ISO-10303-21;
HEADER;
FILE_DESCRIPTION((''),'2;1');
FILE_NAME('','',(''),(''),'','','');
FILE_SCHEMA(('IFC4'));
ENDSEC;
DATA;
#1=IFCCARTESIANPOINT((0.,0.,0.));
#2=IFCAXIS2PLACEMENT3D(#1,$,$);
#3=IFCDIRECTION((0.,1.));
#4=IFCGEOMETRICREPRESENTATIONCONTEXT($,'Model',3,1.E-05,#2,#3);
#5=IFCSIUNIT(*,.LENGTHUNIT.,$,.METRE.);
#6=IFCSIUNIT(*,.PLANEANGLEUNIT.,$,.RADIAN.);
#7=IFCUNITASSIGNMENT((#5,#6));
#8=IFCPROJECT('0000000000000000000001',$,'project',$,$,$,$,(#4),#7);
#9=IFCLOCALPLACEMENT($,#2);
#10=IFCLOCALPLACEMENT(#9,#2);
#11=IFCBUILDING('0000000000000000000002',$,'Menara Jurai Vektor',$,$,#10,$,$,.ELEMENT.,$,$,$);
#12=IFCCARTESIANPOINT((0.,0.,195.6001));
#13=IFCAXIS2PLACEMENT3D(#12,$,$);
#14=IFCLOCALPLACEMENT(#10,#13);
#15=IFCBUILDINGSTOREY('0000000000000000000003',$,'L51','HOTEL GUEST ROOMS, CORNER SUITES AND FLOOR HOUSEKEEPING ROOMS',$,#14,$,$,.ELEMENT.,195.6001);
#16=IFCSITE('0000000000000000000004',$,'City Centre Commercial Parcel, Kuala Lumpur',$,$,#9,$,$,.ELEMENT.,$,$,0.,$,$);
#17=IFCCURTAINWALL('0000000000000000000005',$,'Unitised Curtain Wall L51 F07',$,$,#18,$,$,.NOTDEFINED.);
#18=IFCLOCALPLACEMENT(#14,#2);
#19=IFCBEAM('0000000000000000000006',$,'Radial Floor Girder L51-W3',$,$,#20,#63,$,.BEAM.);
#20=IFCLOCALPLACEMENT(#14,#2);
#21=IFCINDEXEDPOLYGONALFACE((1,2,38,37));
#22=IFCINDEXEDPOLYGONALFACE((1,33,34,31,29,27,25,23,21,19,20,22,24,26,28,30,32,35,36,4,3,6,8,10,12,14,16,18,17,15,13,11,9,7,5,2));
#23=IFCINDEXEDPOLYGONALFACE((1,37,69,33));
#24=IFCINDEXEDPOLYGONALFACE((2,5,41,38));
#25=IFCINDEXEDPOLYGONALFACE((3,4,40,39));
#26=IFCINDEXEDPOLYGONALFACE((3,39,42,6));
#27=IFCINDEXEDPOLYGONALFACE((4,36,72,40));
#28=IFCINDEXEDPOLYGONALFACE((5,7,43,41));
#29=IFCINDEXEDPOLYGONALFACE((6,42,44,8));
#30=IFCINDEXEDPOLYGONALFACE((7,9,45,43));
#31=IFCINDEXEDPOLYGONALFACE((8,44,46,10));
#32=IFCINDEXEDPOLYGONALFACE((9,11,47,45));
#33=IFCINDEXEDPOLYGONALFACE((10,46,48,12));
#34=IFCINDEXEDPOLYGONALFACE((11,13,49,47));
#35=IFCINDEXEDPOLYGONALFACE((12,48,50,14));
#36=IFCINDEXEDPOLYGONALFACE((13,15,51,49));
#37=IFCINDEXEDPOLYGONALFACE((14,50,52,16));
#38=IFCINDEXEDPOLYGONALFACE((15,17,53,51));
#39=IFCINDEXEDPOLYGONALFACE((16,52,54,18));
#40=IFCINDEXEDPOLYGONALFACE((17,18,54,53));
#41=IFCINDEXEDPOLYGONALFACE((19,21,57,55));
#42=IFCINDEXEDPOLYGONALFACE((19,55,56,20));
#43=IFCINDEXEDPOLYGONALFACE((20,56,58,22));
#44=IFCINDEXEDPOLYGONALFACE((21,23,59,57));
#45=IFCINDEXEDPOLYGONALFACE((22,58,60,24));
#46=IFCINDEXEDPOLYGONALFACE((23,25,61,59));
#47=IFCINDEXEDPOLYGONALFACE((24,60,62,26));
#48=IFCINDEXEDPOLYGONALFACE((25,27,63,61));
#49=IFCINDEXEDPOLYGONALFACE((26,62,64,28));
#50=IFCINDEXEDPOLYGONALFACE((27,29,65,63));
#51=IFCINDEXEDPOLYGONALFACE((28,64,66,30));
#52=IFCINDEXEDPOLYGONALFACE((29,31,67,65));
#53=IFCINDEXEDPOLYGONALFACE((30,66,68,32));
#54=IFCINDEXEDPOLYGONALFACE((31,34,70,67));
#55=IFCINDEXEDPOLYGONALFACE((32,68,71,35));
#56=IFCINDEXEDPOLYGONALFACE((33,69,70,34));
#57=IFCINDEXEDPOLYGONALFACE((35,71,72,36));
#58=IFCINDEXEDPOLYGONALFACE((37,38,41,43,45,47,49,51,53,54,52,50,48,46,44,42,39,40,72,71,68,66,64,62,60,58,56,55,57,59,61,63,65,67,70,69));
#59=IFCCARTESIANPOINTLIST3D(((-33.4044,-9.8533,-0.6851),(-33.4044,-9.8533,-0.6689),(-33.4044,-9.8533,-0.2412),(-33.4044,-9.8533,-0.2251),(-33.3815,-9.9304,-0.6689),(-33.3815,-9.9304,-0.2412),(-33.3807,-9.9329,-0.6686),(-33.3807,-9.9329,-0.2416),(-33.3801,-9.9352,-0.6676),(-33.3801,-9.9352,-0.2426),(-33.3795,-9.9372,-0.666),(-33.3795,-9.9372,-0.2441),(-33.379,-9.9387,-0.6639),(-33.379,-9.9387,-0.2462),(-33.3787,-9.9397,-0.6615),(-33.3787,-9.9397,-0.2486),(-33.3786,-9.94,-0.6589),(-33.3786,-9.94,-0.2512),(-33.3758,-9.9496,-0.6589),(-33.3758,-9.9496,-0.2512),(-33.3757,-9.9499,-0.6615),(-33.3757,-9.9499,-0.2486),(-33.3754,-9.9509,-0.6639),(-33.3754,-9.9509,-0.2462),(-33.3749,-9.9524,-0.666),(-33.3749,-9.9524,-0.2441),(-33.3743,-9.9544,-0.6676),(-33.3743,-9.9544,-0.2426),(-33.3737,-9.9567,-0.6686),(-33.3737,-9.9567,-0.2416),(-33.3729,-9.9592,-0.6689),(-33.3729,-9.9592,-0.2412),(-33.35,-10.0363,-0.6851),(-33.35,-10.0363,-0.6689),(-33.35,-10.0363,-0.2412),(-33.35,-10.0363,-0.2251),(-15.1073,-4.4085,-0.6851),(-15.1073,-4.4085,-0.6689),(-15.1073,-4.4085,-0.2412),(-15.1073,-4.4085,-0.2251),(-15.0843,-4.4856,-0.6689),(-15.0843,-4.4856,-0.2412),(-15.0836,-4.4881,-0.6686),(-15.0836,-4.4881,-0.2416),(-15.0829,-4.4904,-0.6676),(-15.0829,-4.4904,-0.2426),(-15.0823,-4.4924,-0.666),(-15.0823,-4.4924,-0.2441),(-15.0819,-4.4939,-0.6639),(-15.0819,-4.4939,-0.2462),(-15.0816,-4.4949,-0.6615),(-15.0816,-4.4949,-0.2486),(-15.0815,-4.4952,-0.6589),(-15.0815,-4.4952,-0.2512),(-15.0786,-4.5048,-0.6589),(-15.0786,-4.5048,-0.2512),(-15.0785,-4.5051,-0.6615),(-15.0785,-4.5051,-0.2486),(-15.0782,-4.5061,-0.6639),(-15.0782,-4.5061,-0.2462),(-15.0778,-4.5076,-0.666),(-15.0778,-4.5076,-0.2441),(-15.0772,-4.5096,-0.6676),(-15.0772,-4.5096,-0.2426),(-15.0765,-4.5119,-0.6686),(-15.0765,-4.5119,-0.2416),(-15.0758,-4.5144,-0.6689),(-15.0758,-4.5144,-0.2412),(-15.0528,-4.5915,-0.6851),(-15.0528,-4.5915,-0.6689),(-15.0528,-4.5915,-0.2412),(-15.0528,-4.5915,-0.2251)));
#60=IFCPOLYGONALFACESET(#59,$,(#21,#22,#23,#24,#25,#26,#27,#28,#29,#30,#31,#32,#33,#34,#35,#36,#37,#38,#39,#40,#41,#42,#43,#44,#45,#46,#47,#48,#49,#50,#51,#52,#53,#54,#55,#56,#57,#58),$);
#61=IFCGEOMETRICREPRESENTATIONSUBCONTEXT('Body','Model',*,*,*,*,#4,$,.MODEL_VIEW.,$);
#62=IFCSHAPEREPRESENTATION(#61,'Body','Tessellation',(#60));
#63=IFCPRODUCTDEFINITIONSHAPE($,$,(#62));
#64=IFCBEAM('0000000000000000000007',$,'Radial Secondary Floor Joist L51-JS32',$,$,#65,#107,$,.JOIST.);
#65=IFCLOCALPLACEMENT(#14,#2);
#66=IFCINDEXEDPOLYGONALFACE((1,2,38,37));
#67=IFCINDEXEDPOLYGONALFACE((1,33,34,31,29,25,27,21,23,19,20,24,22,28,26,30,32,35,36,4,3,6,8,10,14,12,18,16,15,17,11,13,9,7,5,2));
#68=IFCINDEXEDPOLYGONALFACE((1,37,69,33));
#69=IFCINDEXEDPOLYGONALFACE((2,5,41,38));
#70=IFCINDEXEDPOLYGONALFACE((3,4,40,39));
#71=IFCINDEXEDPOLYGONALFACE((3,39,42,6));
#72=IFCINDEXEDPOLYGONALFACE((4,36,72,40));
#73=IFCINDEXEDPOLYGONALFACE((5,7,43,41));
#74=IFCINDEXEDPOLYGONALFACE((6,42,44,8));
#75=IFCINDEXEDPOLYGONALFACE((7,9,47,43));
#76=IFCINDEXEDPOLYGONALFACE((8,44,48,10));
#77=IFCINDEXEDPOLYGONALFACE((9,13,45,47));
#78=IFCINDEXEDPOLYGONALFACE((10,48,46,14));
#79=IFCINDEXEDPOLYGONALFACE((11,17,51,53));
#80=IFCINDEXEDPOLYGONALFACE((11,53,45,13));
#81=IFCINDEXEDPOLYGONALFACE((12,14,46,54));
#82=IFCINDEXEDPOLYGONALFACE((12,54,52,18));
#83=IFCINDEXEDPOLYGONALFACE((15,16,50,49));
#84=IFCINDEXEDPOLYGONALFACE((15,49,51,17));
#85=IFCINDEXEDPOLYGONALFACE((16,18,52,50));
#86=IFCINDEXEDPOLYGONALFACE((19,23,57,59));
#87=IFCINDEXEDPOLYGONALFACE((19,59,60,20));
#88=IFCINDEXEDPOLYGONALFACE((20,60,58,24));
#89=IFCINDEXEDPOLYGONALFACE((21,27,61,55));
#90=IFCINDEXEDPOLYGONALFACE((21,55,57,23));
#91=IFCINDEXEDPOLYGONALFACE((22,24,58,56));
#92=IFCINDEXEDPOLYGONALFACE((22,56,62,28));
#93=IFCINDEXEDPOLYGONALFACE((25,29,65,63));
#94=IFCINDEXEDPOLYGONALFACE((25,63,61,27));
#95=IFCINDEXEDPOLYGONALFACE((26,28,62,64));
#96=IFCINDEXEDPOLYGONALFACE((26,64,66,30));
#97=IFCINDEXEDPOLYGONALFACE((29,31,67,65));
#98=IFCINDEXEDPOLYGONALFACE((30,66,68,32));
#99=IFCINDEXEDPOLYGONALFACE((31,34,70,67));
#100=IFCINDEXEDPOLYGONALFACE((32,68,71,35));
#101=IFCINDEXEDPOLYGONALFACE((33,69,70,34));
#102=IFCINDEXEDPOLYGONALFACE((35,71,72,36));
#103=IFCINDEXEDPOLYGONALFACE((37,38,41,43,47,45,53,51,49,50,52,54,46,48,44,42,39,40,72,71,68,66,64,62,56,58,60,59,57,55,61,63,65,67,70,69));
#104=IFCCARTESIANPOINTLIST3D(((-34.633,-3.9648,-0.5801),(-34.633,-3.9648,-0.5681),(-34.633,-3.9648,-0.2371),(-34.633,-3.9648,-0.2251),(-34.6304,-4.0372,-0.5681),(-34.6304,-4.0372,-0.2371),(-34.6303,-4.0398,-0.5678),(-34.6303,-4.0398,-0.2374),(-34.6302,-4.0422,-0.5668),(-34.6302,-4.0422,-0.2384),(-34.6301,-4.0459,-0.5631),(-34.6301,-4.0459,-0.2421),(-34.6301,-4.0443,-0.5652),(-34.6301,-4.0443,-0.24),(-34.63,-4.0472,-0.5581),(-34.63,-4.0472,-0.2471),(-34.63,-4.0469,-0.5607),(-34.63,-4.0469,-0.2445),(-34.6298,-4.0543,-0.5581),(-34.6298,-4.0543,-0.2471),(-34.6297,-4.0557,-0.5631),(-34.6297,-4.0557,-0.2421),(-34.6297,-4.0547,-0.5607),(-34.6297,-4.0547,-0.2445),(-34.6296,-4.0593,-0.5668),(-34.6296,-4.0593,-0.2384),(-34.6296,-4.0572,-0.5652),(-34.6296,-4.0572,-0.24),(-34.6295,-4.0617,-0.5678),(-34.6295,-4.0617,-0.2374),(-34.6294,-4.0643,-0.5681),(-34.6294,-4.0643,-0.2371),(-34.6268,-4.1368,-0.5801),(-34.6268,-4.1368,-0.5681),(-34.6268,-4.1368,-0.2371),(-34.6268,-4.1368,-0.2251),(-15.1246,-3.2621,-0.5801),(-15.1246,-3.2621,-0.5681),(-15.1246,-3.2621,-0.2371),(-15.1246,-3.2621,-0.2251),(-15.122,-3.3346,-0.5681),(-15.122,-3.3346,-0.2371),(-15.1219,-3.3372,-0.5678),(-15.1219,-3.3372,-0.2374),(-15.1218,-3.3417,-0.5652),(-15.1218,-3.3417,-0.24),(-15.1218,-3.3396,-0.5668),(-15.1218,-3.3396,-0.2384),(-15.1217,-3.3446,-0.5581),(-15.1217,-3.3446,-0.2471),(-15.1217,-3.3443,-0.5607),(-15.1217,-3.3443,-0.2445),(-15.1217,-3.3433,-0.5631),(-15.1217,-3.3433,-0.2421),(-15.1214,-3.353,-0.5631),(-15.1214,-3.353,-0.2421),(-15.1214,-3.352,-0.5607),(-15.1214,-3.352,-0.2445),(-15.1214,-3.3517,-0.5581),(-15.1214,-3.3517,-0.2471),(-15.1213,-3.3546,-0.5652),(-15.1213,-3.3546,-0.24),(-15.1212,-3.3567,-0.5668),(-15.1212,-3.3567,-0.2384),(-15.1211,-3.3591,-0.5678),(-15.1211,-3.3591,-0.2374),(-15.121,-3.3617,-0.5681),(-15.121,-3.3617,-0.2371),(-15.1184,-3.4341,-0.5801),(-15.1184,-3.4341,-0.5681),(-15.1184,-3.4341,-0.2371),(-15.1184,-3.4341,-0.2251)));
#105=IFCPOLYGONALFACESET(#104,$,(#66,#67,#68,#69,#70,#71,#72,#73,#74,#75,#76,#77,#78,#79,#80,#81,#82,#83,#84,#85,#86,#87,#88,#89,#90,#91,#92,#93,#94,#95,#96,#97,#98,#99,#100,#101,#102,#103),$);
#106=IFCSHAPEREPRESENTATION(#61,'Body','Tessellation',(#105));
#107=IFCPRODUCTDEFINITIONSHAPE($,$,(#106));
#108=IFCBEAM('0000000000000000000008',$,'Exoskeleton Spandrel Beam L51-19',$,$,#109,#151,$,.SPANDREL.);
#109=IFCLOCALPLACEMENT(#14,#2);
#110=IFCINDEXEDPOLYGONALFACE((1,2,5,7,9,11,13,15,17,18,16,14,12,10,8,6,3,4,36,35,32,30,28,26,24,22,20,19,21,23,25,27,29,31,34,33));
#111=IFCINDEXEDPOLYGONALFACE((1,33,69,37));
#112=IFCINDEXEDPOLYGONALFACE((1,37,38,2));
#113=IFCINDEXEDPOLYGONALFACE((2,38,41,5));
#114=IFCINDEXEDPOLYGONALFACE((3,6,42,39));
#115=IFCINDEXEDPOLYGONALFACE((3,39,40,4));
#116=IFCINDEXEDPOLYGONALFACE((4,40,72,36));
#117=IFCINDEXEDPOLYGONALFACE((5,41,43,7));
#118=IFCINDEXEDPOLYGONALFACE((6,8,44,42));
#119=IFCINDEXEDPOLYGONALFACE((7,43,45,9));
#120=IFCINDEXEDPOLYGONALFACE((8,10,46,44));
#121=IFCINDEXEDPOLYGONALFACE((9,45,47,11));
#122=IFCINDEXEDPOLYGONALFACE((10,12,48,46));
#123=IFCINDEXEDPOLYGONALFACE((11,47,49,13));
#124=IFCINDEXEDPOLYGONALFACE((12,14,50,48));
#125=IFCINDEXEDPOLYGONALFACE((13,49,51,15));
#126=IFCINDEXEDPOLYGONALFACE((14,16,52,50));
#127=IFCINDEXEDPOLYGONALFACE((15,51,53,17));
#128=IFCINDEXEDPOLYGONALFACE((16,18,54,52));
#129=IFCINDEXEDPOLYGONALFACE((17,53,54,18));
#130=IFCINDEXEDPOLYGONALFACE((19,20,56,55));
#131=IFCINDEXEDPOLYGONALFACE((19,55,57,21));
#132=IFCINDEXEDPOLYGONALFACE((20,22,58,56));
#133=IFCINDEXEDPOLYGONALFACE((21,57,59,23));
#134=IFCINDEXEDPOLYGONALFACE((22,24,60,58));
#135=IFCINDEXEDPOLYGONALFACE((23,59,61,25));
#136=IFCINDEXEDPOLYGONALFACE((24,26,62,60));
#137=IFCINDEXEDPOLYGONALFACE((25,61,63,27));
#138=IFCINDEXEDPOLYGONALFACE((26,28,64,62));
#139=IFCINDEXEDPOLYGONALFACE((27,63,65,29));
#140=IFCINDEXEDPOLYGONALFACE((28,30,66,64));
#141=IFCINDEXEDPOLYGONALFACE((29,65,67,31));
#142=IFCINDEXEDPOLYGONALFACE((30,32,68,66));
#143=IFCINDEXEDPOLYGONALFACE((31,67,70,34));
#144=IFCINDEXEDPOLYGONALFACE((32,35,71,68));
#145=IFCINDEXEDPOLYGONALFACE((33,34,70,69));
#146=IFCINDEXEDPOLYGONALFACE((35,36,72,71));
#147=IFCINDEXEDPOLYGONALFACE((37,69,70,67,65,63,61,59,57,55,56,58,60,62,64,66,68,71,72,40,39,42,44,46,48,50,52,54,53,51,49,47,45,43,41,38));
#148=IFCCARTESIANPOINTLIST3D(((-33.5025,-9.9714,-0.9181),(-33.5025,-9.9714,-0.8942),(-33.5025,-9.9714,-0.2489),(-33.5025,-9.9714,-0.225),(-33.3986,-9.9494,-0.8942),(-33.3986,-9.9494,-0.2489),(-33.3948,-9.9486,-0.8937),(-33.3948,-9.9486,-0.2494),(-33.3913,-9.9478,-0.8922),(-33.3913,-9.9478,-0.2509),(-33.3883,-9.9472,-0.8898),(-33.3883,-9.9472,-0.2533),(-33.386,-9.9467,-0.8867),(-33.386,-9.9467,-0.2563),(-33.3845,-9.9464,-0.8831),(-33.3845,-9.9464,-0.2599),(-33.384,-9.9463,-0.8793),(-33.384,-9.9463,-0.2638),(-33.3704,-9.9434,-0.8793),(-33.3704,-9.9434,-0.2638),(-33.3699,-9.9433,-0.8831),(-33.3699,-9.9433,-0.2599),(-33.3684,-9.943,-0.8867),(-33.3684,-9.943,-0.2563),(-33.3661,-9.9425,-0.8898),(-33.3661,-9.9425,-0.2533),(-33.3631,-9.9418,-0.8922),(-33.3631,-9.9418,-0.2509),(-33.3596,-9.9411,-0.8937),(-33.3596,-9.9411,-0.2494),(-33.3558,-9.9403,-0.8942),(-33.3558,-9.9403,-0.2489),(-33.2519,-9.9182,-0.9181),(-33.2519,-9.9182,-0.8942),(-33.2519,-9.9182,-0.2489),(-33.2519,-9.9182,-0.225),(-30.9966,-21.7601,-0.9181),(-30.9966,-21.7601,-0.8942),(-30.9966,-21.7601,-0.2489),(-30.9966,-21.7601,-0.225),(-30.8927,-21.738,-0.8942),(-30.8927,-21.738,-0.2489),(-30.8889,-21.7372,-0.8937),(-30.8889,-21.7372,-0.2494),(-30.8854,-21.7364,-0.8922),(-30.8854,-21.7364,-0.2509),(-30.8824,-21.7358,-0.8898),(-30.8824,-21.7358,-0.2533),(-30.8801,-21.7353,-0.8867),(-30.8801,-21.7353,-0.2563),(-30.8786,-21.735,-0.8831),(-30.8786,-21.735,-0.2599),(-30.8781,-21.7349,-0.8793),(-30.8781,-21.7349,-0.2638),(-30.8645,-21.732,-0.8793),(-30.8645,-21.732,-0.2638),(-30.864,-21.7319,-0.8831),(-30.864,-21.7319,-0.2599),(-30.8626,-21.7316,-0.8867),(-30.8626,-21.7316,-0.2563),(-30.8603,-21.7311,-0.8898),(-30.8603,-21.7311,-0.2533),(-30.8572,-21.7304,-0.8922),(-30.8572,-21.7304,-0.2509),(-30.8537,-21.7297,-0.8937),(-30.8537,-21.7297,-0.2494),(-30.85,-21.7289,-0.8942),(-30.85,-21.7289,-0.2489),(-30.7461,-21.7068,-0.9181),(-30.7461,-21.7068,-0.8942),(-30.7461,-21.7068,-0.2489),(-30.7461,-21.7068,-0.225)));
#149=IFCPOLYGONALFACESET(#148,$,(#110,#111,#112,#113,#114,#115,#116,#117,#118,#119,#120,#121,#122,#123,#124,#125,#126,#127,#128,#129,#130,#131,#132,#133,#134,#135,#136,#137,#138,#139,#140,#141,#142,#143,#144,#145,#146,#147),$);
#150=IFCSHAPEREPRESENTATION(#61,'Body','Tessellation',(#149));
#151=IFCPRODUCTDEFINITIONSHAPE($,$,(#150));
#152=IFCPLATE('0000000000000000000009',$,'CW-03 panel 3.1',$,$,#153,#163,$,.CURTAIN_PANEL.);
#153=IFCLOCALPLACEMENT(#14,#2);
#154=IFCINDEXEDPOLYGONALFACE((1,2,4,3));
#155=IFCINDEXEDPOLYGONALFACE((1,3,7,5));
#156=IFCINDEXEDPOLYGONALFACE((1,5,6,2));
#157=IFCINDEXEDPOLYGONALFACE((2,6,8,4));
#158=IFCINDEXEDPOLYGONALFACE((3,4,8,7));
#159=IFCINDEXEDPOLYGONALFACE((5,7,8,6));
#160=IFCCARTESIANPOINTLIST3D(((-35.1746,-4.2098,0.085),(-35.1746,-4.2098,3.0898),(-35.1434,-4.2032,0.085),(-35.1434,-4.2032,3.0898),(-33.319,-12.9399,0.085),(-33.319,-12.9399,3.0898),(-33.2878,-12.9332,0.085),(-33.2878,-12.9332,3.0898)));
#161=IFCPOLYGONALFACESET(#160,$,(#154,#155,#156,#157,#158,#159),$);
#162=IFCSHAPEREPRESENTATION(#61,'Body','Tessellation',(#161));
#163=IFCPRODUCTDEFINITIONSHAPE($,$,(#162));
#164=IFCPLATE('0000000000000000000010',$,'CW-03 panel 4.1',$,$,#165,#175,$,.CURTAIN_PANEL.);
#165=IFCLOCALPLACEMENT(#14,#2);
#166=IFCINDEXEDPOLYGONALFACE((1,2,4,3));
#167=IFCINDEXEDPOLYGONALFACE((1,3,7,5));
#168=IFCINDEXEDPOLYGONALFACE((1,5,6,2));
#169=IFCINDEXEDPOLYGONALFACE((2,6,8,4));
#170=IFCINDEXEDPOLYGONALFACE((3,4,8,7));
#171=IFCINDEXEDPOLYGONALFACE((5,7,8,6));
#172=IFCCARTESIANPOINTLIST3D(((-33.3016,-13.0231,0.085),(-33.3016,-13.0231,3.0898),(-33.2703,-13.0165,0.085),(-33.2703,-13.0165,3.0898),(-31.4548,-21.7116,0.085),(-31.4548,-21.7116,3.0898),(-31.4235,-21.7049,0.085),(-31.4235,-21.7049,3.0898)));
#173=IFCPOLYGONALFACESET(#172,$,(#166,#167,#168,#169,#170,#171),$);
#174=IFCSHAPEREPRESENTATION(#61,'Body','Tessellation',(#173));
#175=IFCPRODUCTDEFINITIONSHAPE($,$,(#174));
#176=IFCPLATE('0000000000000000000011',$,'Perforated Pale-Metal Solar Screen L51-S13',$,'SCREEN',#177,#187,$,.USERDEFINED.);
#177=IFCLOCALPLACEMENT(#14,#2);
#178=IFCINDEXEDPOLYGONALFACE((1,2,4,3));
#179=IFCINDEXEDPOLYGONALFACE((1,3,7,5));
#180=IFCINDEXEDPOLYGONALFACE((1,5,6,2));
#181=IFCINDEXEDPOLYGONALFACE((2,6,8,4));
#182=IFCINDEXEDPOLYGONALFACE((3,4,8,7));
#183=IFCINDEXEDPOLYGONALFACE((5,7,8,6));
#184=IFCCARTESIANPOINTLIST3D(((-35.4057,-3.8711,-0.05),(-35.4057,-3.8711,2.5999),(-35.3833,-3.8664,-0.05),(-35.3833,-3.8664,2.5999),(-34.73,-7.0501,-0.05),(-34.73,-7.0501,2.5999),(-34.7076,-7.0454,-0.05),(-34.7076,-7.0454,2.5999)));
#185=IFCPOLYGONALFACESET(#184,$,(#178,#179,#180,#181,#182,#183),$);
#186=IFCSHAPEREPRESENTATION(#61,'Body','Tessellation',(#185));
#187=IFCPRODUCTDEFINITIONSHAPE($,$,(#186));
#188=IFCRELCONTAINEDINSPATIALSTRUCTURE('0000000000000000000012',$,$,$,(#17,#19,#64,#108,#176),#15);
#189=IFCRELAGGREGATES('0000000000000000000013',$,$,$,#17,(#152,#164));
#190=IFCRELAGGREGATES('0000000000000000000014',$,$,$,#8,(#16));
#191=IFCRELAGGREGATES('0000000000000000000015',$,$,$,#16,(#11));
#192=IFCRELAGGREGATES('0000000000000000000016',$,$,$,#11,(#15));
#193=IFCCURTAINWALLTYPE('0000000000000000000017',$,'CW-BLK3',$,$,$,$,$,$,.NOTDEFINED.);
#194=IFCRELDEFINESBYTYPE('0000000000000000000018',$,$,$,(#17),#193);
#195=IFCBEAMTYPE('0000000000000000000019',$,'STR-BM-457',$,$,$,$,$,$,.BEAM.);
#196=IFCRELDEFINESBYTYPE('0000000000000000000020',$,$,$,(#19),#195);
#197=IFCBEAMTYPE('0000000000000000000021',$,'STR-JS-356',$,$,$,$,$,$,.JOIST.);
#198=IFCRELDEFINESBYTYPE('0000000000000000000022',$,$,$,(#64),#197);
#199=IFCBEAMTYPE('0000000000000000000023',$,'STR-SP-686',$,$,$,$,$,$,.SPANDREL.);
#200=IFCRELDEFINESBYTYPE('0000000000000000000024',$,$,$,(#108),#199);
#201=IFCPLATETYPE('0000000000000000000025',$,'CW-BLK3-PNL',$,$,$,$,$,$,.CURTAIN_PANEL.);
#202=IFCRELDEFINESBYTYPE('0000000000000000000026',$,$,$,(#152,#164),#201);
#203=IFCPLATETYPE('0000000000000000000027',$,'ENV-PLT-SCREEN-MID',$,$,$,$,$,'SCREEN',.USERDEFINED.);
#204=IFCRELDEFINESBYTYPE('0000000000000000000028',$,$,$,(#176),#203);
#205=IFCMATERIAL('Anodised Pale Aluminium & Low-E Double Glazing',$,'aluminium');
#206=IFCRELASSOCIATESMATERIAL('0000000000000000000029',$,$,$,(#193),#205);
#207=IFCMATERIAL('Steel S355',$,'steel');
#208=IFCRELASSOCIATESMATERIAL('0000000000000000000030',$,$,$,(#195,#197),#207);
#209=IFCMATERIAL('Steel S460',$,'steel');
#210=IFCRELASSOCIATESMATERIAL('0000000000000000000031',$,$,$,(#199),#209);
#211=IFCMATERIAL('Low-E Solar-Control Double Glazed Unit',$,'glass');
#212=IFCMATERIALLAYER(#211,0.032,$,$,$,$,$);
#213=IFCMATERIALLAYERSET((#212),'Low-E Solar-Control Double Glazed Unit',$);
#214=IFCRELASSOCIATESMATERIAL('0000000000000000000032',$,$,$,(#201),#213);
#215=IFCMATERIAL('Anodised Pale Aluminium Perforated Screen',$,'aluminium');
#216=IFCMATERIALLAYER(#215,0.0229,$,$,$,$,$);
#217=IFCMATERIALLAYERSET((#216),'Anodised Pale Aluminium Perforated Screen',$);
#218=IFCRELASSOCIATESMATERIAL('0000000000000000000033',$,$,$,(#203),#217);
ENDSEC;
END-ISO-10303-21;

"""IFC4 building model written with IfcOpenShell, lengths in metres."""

from ifc_helpers import new_model, si_unit, direction, frame, origin, origin_2d, place, context, subcontext, project, spatial, rectangle, i_section, extrude, material, layer, layer_set, material_profile, profile_set, type_object, element, aggregate, save


model = new_model("IFC4")

# Units and contexts
model_context = context("Model", 3, precision=1e-05, world=origin(), true_north=direction((0.0, 1.0)))
body_context = subcontext(model_context, "Body", "Model", "MODEL_VIEW")
ifc_project = project(units=[si_unit("LENGTHUNIT", "METRE"), si_unit("PLANEANGLEUNIT", "RADIAN")], contexts=[model_context])

# Site, building, storey
site_placement = place(None, origin())
site = spatial("IfcSite", under=ifc_project, at=site_placement, Name="City Centre Commercial Parcel, Kuala Lumpur", CompositionType="ELEMENT", RefElevation=0.0)
building_placement = place(site_placement, origin())
building = spatial("IfcBuilding", under=site, at=building_placement, Name="Menara Jurai Vektor", CompositionType="ELEMENT")
storey_placement = place(building_placement, frame((0.0, 0.0, 195.6001)))
storey = spatial("IfcBuildingStorey", under=building, at=storey_placement, Name="L51", Description="HOTEL GUEST ROOMS, CORNER SUITES AND FLOOR HOUSEKEEPING ROOMS", CompositionType="ELEMENT", Elevation=195.6001)

# Shared definitions
ifc_material_1 = material(Name="Steel S460", Category="steel")

# Curtain wall
ifc_material_2 = material(Name="Anodised Pale Aluminium & Low-E Double Glazing", Category="aluminium")
curtain_wall_type = type_object("IfcCurtainWallType", Name="CW-BLK3", PredefinedType="NOTDEFINED", material=ifc_material_2)
curtain_wall_placement = place(storey_placement, origin())
curtain_wall = element("IfcCurtainWall", 1, at=curtain_wall_placement, inside=storey, type_object=curtain_wall_type, Name="Unitised Curtain Wall L51 F07", PredefinedType="NOTDEFINED")

# Beams
ifc_material_3 = material(Name="Steel S355", Category="steel")
ifc_material_profile_1 = material_profile(ifc_material_3, i_section(OverallWidth=0.1909, OverallDepth=0.46, WebThickness=0.01, FlangeThickness=0.0161, FilletRadius=0.01, at=origin_2d()), Name="UKB 457x191x82")
ifc_profile_set_1 = profile_set([ifc_material_profile_1], Name="Steel S355")
beam_type_1 = type_object("IfcBeamType", Name="STR-BM-457", PredefinedType="BEAM", material=ifc_profile_set_1)
beam_1_placement = place(storey_placement, frame((-33.3772, -9.9448, -0.4551), z_axis=(0.958463, 0.285218, 0.0), x_axis=(-0.285218, 0.958463, 0.0)))
element("IfcBeam", 2, at=beam_1_placement, inside=storey, type_object=beam_type_1, Name="Radial Floor Girder L51-W3", PredefinedType="BEAM", context=body_context, shape_type="SweptSolid", body=[
    extrude(i_section(OverallWidth=0.1909, OverallDepth=0.46, WebThickness=0.01, FlangeThickness=0.0161, FilletRadius=0.01, at=origin_2d()), origin(), (0.0, 0.0, 1.0), 19.0901),
])
ifc_material_profile_2 = material_profile(ifc_material_3, i_section(OverallWidth=0.1721, OverallDepth=0.355, WebThickness=0.0071, FlangeThickness=0.012, FilletRadius=0.01, at=origin_2d()), Name="UKB 356x171x51")
ifc_profile_set_2 = profile_set([ifc_material_profile_2], Name="Steel S355")
beam_type_2 = type_object("IfcBeamType", Name="STR-JS-356", PredefinedType="JOIST", material=ifc_profile_set_2)
beam_2_placement = place(storey_placement, frame((-34.6299, -4.0508, -0.4026), z_axis=(0.999352, 0.035994, 0.0), x_axis=(-0.035994, 0.999352, 0.0)))
element("IfcBeam", 3, at=beam_2_placement, inside=storey, type_object=beam_type_2, Name="Radial Secondary Floor Joist L51-JS32", PredefinedType="JOIST", context=body_context, shape_type="SweptSolid", body=[
    extrude(i_section(OverallWidth=0.1721, OverallDepth=0.355, WebThickness=0.0071, FlangeThickness=0.012, FilletRadius=0.01, at=origin_2d()), origin(), (0.0, 0.0, 1.0), 19.521),
])
ifc_material_profile_3 = material_profile(ifc_material_1, i_section(OverallWidth=0.2561, OverallDepth=0.6931, WebThickness=0.0139, FlangeThickness=0.0239, FilletRadius=0.0149, at=origin_2d()), Name="UKB 686x254x170")
ifc_profile_set_3 = profile_set([ifc_material_profile_3], Name="Steel S460")
beam_type_3 = type_object("IfcBeamType", Name="STR-SP-686", PredefinedType="SPANDREL", material=ifc_profile_set_3)
beam_3_placement = place(storey_placement, frame((-33.3772, -9.9448, -0.5715), z_axis=(0.207921, -0.978146, 0.0), x_axis=(0.978146, 0.207921, 0.0)))
element("IfcBeam", 4, at=beam_3_placement, inside=storey, type_object=beam_type_3, Name="Exoskeleton Spandrel Beam L51-19", PredefinedType="SPANDREL", context=body_context, shape_type="SweptSolid", body=[
    extrude(i_section(OverallWidth=0.2561, OverallDepth=0.6931, WebThickness=0.0139, FlangeThickness=0.0239, FilletRadius=0.0149, at=origin_2d()), origin(), (0.0, 0.0, 1.0), 12.052),
])

# Plates
ifc_material_4 = material(Name="Low-E Solar-Control Double Glazed Unit", Category="glass")
ifc_layer_1 = layer(ifc_material_4, 0.032)
ifc_layer_set_1 = layer_set([ifc_layer_1], Name="Low-E Solar-Control Double Glazed Unit")
plate_type_1 = type_object("IfcPlateType", Name="CW-BLK3-PNL", PredefinedType="CURTAIN_PANEL", material=ifc_layer_set_1)
plate_1_placement = place(storey_placement, frame((-34.2312, -8.5715, 0.085), z_axis=(0.0, 0.0, 1.0), x_axis=(0.20791, -0.978148, 0.0)))
plate_1 = element("IfcPlate", 5, at=plate_1_placement, type_object=plate_type_1, Name="CW-03 panel 3.1", PredefinedType="CURTAIN_PANEL", context=body_context, shape_type="SweptSolid", body=[
    extrude(rectangle(XDim=8.925, YDim=0.032, at=origin_2d()), origin(), (0.0, 0.0, 1.0), 3.0049),
])
plate_2_placement = place(storey_placement, frame((-32.3625, -17.364, 0.085), z_axis=(0.0, 0.0, 1.0), x_axis=(0.20791, -0.978148, 0.0)))
plate_2 = element("IfcPlate", 6, at=plate_2_placement, type_object=plate_type_1, Name="CW-03 panel 4.1", PredefinedType="CURTAIN_PANEL", context=body_context, shape_type="SweptSolid", body=[
    extrude(rectangle(XDim=8.8826, YDim=0.032, at=origin_2d()), origin(), (0.0, 0.0, 1.0), 3.0049),
])
aggregate(curtain_wall, [plate_1, plate_2])

# Plate
ifc_material_5 = material(Name="Anodised Pale Aluminium Perforated Screen", Category="aluminium")
ifc_layer_2 = layer(ifc_material_5, 0.0229)
ifc_layer_set_2 = layer_set([ifc_layer_2], Name="Anodised Pale Aluminium Perforated Screen")
plate_type_2 = type_object("IfcPlateType", Name="ENV-PLT-SCREEN-MID", ElementType="SCREEN", PredefinedType="USERDEFINED", material=ifc_layer_set_2)
for number, where, z_axis, x_axis, name in (
    (7, (-35.0566, -5.4583, -0.05), (0.0, 0.0, 1.0), (0.207912, -0.978148, 0.0), "Perforated Pale-Metal Solar Screen L51-S13"),
):
    element("IfcPlate", number, at=place(storey_placement, frame(where, z_axis=z_axis, x_axis=x_axis)), inside=storey, type_object=plate_type_2, Name=name, ObjectType="SCREEN", PredefinedType="USERDEFINED", context=body_context, shape_type="SweptSolid", body=[
        extrude(rectangle(XDim=3.25, YDim=0.0229, at=origin_2d()), origin(), (0.0, 0.0, 1.0), 2.6499),
    ])

save(model, "model.ifc")
